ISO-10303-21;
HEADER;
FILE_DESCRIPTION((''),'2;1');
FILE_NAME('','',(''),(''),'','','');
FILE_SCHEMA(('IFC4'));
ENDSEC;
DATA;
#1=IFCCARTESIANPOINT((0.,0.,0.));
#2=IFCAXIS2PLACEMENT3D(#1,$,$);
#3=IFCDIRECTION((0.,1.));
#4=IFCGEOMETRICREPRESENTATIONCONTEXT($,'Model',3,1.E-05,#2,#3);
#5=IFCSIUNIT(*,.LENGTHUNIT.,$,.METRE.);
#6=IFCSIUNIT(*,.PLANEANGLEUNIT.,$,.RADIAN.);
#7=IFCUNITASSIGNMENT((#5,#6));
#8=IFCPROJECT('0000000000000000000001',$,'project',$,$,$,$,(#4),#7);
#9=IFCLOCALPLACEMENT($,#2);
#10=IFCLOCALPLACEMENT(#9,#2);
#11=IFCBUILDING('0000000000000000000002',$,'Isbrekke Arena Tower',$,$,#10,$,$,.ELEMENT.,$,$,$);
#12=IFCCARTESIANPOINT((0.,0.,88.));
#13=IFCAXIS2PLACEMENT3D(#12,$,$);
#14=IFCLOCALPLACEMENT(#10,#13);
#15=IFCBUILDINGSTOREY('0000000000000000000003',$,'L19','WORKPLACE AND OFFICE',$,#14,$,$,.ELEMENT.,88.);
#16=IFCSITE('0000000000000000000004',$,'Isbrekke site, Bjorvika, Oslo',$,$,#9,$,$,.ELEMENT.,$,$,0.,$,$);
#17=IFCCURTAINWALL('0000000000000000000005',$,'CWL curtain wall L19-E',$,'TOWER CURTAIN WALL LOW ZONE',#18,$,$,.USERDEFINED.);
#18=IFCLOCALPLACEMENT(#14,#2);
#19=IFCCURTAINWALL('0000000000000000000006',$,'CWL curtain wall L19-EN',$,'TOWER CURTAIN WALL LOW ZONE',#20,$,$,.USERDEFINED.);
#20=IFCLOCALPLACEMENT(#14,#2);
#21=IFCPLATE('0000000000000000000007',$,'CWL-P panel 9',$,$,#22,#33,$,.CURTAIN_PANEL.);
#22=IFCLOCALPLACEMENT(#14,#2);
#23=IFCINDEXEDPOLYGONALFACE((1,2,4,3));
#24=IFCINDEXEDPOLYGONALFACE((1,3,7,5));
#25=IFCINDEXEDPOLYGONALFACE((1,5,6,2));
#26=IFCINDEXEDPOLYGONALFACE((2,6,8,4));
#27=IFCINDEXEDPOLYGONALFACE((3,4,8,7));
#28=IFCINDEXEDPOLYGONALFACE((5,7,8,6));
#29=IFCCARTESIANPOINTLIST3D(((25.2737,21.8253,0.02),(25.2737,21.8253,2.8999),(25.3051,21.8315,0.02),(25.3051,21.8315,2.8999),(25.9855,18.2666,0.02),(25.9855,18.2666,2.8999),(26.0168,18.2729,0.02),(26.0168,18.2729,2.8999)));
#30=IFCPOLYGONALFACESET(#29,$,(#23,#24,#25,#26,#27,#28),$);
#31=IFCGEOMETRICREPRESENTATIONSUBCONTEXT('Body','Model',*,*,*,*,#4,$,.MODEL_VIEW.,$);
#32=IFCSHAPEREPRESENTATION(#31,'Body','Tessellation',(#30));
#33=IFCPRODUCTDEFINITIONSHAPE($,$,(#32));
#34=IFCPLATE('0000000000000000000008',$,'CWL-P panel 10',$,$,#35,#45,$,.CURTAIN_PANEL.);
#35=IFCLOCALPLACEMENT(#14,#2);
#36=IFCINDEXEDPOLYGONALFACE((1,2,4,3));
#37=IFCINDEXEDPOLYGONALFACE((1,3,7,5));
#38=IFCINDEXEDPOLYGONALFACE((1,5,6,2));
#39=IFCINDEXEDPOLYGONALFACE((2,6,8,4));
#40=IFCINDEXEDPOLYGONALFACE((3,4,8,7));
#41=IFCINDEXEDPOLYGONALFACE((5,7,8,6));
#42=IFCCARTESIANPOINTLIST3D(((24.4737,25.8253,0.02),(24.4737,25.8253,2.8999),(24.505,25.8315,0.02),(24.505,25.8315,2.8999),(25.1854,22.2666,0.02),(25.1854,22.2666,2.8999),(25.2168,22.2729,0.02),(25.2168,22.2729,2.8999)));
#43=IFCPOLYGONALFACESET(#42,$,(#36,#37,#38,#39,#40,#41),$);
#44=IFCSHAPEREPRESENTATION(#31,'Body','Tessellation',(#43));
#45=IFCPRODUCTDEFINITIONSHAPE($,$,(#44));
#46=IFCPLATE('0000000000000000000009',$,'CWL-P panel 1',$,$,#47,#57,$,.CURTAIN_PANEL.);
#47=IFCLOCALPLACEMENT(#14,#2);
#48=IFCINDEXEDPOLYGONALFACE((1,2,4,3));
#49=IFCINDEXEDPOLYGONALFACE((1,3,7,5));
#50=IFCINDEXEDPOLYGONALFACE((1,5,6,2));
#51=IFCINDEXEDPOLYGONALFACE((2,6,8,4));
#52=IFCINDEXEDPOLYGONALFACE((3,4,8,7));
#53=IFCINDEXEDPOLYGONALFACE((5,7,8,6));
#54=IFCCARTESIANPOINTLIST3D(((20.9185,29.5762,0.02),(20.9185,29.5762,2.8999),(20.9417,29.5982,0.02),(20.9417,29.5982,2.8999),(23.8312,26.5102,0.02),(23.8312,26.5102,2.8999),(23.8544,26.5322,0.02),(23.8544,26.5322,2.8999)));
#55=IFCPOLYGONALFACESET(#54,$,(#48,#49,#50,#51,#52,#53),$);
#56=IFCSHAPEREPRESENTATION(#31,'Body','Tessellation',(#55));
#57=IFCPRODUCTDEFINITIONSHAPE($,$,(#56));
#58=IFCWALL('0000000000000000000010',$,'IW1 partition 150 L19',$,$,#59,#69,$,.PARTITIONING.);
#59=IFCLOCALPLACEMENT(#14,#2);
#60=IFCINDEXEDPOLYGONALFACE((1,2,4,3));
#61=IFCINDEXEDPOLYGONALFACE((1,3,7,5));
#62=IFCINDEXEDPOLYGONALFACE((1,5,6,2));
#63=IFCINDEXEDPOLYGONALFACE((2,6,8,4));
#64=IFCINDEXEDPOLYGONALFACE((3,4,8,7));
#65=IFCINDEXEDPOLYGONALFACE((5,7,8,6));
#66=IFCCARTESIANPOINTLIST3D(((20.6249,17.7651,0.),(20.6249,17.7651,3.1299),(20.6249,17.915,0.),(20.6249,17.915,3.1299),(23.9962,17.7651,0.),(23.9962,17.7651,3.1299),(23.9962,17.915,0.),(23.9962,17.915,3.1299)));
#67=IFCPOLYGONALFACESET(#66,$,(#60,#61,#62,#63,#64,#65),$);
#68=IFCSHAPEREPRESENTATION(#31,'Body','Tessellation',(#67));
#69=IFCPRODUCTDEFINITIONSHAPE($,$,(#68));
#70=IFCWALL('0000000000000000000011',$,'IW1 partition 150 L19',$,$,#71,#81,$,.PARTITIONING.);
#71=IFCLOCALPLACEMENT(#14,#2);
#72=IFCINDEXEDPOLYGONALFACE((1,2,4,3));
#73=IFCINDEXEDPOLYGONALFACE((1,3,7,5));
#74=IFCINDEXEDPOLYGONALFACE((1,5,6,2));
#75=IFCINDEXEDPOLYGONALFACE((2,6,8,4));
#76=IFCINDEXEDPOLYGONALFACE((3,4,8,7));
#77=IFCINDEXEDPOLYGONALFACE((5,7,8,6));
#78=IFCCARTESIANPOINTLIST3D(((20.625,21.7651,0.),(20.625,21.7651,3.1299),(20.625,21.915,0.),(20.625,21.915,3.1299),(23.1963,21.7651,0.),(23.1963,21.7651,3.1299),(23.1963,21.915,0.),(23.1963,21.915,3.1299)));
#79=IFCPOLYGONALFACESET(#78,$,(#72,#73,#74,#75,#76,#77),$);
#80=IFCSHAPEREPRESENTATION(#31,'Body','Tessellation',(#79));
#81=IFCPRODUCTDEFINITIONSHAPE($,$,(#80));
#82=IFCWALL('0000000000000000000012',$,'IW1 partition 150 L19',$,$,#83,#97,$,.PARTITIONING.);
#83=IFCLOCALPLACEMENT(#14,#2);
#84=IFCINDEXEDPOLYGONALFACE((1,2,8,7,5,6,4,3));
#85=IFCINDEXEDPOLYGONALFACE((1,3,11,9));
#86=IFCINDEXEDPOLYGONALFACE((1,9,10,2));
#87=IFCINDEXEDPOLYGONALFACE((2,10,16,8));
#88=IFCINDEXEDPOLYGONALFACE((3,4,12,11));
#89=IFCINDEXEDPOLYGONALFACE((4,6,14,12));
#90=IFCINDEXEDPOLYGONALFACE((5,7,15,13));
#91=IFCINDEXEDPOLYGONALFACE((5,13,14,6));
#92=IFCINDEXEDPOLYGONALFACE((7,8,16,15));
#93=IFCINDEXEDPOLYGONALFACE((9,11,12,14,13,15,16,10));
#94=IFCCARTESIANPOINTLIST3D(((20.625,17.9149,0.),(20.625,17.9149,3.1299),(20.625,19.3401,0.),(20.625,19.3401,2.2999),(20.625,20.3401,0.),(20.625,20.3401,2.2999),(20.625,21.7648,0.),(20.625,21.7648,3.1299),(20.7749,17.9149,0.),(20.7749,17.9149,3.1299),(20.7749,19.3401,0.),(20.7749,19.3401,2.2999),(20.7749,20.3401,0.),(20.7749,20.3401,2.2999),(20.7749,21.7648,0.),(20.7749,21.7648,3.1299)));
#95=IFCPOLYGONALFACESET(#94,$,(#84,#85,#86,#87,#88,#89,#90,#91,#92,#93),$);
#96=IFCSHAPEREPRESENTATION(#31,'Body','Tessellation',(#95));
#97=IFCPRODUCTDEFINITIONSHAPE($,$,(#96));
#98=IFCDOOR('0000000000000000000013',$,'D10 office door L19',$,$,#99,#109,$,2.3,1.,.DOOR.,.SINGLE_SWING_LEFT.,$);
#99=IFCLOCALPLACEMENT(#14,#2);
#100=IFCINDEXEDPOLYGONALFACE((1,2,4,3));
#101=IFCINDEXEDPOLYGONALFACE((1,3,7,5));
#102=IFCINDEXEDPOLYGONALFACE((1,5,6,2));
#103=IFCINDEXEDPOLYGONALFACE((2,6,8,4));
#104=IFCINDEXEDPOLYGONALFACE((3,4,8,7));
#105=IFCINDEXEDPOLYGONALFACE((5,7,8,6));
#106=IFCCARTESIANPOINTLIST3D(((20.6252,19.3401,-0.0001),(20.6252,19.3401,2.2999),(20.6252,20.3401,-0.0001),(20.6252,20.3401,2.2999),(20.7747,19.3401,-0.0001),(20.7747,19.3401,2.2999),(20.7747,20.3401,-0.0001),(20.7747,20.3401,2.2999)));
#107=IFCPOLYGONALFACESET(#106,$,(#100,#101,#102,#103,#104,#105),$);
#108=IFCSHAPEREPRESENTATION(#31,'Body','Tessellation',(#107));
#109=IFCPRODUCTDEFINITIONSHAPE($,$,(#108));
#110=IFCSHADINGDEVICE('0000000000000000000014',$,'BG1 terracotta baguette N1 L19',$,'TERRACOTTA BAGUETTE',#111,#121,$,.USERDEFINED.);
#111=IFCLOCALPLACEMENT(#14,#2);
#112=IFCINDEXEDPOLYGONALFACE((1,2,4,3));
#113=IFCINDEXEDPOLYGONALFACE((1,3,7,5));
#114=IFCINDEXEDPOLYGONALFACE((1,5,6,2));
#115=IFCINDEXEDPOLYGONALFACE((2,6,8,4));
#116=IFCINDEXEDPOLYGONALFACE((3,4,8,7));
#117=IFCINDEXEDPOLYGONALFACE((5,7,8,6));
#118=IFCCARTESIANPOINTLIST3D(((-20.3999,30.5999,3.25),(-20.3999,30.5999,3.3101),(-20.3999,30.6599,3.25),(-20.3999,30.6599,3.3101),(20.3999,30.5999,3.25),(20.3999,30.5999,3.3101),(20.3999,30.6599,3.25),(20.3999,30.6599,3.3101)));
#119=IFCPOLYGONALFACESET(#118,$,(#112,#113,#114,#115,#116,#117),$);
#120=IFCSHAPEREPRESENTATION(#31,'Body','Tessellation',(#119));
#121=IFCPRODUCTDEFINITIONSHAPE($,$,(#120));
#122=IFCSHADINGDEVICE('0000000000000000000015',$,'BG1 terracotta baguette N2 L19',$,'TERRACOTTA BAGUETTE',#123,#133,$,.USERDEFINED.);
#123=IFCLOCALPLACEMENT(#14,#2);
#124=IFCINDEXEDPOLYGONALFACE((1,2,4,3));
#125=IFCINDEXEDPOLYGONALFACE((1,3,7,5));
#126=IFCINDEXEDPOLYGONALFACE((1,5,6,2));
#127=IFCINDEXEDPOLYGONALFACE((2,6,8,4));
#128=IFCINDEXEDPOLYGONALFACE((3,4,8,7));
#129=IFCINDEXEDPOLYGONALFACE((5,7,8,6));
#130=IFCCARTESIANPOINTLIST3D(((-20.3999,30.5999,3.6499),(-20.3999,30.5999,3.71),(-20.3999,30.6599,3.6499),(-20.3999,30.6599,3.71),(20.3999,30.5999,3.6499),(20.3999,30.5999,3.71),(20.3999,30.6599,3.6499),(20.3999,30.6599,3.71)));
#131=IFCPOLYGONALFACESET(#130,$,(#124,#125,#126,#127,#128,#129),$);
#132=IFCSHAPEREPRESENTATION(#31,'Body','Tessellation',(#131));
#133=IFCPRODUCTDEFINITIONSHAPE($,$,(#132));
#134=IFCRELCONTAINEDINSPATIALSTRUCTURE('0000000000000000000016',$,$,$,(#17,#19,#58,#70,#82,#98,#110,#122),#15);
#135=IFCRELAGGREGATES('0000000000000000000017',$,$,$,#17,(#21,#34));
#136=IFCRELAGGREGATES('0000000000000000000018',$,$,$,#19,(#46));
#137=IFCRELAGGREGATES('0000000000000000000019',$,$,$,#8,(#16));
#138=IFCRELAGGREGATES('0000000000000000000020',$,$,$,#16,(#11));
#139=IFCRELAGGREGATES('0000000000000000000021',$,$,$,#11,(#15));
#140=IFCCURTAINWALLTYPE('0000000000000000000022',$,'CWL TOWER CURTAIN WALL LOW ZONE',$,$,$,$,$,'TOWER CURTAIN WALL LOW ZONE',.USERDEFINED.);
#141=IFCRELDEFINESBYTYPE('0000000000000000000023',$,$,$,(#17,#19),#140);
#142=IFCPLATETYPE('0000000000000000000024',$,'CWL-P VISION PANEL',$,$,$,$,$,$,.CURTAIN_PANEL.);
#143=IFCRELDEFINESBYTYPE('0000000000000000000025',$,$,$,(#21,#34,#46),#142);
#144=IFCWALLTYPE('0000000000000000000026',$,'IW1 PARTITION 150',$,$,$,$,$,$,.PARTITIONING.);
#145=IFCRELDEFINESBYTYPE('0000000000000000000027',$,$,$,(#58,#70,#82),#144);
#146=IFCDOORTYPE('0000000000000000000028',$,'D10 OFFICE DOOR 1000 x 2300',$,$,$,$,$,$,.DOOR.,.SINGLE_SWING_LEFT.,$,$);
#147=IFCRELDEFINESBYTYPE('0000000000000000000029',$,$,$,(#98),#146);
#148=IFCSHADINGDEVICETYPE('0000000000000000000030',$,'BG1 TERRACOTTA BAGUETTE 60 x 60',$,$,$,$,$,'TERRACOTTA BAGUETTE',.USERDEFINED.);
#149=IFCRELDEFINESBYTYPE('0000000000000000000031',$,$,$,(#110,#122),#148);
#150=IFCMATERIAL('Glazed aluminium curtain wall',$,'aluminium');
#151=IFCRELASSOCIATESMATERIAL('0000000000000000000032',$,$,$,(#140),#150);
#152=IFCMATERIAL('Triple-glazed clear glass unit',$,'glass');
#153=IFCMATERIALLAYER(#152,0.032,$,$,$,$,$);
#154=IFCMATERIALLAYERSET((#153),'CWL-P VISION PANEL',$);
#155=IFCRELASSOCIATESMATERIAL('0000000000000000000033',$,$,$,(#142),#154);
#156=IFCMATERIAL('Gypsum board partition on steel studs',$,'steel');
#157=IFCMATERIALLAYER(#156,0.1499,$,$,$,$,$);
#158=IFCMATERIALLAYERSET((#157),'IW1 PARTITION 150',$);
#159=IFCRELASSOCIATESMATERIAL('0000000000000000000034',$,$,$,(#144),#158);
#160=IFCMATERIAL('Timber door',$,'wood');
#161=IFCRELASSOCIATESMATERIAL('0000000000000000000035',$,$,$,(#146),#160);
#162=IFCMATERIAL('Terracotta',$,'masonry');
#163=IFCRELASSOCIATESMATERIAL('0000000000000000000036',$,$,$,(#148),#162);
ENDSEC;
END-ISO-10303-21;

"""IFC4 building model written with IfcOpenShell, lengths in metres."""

from ifc_helpers import new_model, si_unit, direction, frame, frame_2d, origin, origin_2d, place, context, subcontext, project, spatial, rectangle, extrude, material, layer, layer_set, material_profile, profile_set, type_object, element, fill, aggregate, save


model = new_model("IFC4")

# Units and contexts
model_context = context("Model", 3, precision=1e-05, world=origin(), true_north=direction((0.0, 1.0)))
body_context = subcontext(model_context, "Body", "Model", "MODEL_VIEW")
ifc_project = project(units=[si_unit("LENGTHUNIT", "METRE"), si_unit("PLANEANGLEUNIT", "RADIAN")], contexts=[model_context])

# Site, building, storey
site_placement = place(None, origin())
site = spatial("IfcSite", under=ifc_project, at=site_placement, Name="Isbrekke site, Bjorvika, Oslo", CompositionType="ELEMENT", RefElevation=0.0)
building_placement = place(site_placement, origin())
building = spatial("IfcBuilding", under=site, at=building_placement, Name="Isbrekke Arena Tower", CompositionType="ELEMENT")
storey_placement = place(building_placement, frame((0.0, 0.0, 88.0)))
storey = spatial("IfcBuildingStorey", under=building, at=storey_placement, Name="L19", Description="WORKPLACE AND OFFICE", CompositionType="ELEMENT", Elevation=88.0)

# Curtain walls
ifc_material_1 = material(Name="Glazed aluminium curtain wall", Category="aluminium")
curtain_wall_type = type_object("IfcCurtainWallType", Name="CWL TOWER CURTAIN WALL LOW ZONE", ElementType="TOWER CURTAIN WALL LOW ZONE", PredefinedType="USERDEFINED", material=ifc_material_1)
curtain_wall_1_placement = place(storey_placement, origin())
curtain_wall_1 = element("IfcCurtainWall", 1, at=curtain_wall_1_placement, inside=storey, type_object=curtain_wall_type, Name="CWL curtain wall L19-E", ObjectType="TOWER CURTAIN WALL LOW ZONE", PredefinedType="USERDEFINED")
curtain_wall_2_placement = place(storey_placement, origin())
curtain_wall_2 = element("IfcCurtainWall", 2, at=curtain_wall_2_placement, inside=storey, type_object=curtain_wall_type, Name="CWL curtain wall L19-EN", ObjectType="TOWER CURTAIN WALL LOW ZONE", PredefinedType="USERDEFINED")

# Plates
ifc_material_2 = material(Name="Triple-glazed clear glass unit", Category="glass")
ifc_layer_1 = layer(ifc_material_2, 0.032)
ifc_layer_set_1 = layer_set([ifc_layer_1], Name="CWL-P VISION PANEL")
plate_type = type_object("IfcPlateType", Name="CWL-P VISION PANEL", PredefinedType="CURTAIN_PANEL", material=ifc_layer_set_1)
plate_1_placement = place(storey_placement, frame((25.6453, 20.0491, 0.02), z_axis=(0.0, 0.0, 1.0), x_axis=(-0.196116, 0.980581, 0.0)))
plate_1 = element("IfcPlate", 3, at=plate_1_placement, type_object=plate_type, Name="CWL-P panel 9", PredefinedType="CURTAIN_PANEL", context=body_context, shape_type="SweptSolid", body=[
    extrude(rectangle(XDim=3.6292, YDim=0.032, at=origin_2d()), origin(), (0.0, 0.0, 1.0), 2.8799),
])
plate_2_placement = place(storey_placement, frame((24.8452, 24.0491, 0.02), z_axis=(0.0, 0.0, 1.0), x_axis=(-0.196116, 0.980581, 0.0)))
plate_2 = element("IfcPlate", 4, at=plate_2_placement, type_object=plate_type, Name="CWL-P panel 10", PredefinedType="CURTAIN_PANEL", context=body_context, shape_type="SweptSolid", body=[
    extrude(rectangle(XDim=3.6292, YDim=0.032, at=origin_2d()), origin(), (0.0, 0.0, 1.0), 2.8799),
])
aggregate(curtain_wall_1, [plate_1, plate_2])
plate_3_placement = place(storey_placement, frame((22.3865, 28.0542, 0.02), z_axis=(0.0, 0.0, 1.0), x_axis=(-0.688749, 0.724999, 0.0)))
plate_3 = element("IfcPlate", 5, at=plate_3_placement, type_object=plate_type, Name="CWL-P panel 1", PredefinedType="CURTAIN_PANEL", context=body_context, shape_type="SweptSolid", body=[
    extrude(rectangle(XDim=4.229, YDim=0.032, at=origin_2d()), origin(), (0.0, 0.0, 1.0), 2.8799),
])
aggregate(curtain_wall_2, [plate_3])

# Walls
ifc_material_3 = material(Name="Gypsum board partition on steel studs", Category="steel")
ifc_layer_2 = layer(ifc_material_3, 0.1499)
ifc_layer_set_2 = layer_set([ifc_layer_2], Name="IW1 PARTITION 150")
wall_type = type_object("IfcWallType", Name="IW1 PARTITION 150", PredefinedType="PARTITIONING", material=ifc_layer_set_2)
wall_1_placement = place(storey_placement, frame((20.625, 17.8401, 0.0), z_axis=(0.0, 0.0, 1.0), x_axis=(1.0, 0.0, 0.0)))
element("IfcWall", 6, at=wall_1_placement, inside=storey, type_object=wall_type, Name="IW1 partition 150 L19", PredefinedType="PARTITIONING", context=body_context, shape_type="SweptSolid", body=[
    extrude(rectangle(XDim=3.3713, YDim=0.1499, at=frame_2d((1.6855, 0.0))), origin(), (0.0, 0.0, 1.0), 3.1299),
])
wall_2_placement = place(storey_placement, frame((20.625, 21.8401, 0.0), z_axis=(0.0, 0.0, 1.0), x_axis=(1.0, 0.0, 0.0)))
element("IfcWall", 7, at=wall_2_placement, inside=storey, type_object=wall_type, Name="IW1 partition 150 L19", PredefinedType="PARTITIONING", context=body_context, shape_type="SweptSolid", body=[
    extrude(rectangle(XDim=2.5713, YDim=0.1499, at=frame_2d((1.2856, 0.0))), origin(), (0.0, 0.0, 1.0), 3.1299),
])

# Wall, opening, door
wall_3_placement = place(storey_placement, frame((20.7, 17.915, 0.0), z_axis=(0.0, 0.0, 1.0), x_axis=(0.0, 1.0, 0.0)))
wall_3 = element("IfcWall", 8, at=wall_3_placement, inside=storey, type_object=wall_type, Name="IW1 partition 150 L19", PredefinedType="PARTITIONING", context=body_context, shape_type="SweptSolid", body=[
    extrude(rectangle(XDim=3.8499, YDim=0.1499, at=frame_2d((1.9248, 0.0))), origin(), (0.0, 0.0, 1.0), 3.1299),
])
opening_placement = place(wall_3_placement, frame((1.425, 0.0, 0.0)))
opening = element("IfcOpeningElement", 9, at=opening_placement, cuts=wall_3, PredefinedType="OPENING", context=body_context, shape_type="SweptSolid", body=[
    extrude(rectangle(XDim=1.0, YDim=2.3, at=frame_2d((0.5, 1.1499))), frame((0.0, 0.0898, 0.0), z_axis=(0.0, -1.0, 0.0), x_axis=(1.0, 0.0, 0.0)), (0.0, 0.0, 1.0), 0.1797),
])
ifc_material_4 = material(Name="Timber door", Category="wood")
door_type = type_object("IfcDoorType", Name="D10 OFFICE DOOR 1000 x 2300", OperationType="SINGLE_SWING_LEFT", PredefinedType="DOOR", material=ifc_material_4)
door_placement = place(opening_placement, origin())
door = element("IfcDoor", 10, at=door_placement, inside=storey, type_object=door_type, Name="D10 office door L19", OperationType="SINGLE_SWING_LEFT", OverallHeight=2.3, OverallWidth=1.0, PredefinedType="DOOR", context=body_context, shape_type="SweptSolid", body=[
    extrude(rectangle(XDim=1.0, YDim=2.3, at=frame_2d((0.5, 1.1499))), frame((0.0, 0.0747, 0.0), z_axis=(0.0, -1.0, 0.0), x_axis=(1.0, 0.0, 0.0)), (0.0, 0.0, 1.0), 0.1494),
])
fill(opening, door)

# Shading devices
ifc_material_5 = material(Name="Terracotta", Category="masonry")
ifc_material_profile_1 = material_profile(ifc_material_5, rectangle(XDim=0.0601, YDim=0.0601, at=origin_2d()), Name="BAGUETTE 60X60")
ifc_profile_set_1 = profile_set([ifc_material_profile_1], Name="Terracotta")
shading_device_type = type_object("IfcShadingDeviceType", Name="BG1 TERRACOTTA BAGUETTE 60 x 60", ElementType="TERRACOTTA BAGUETTE", PredefinedType="USERDEFINED", material=ifc_profile_set_1)
for number, where, z_axis, x_axis, name in (
    (11, (20.3999, 30.6299, 3.28), (-1.0, 0.0, 0.0), (0.0, -1.0, 0.0), "BG1 terracotta baguette N1 L19"),
    (12, (20.3999, 30.6299, 3.6799), (-1.0, 0.0, 0.0), (0.0, -1.0, 0.0), "BG1 terracotta baguette N2 L19"),
):
    element("IfcShadingDevice", number, at=place(storey_placement, frame(where, z_axis=z_axis, x_axis=x_axis)), inside=storey, type_object=shading_device_type, Name=name, ObjectType="TERRACOTTA BAGUETTE", PredefinedType="USERDEFINED", context=body_context, shape_type="SweptSolid", body=[
        extrude(rectangle(XDim=0.0601, YDim=0.0601, at=origin_2d()), origin(), (0.0, 0.0, 1.0), 40.7998),
    ])

save(model, "model.ifc")
